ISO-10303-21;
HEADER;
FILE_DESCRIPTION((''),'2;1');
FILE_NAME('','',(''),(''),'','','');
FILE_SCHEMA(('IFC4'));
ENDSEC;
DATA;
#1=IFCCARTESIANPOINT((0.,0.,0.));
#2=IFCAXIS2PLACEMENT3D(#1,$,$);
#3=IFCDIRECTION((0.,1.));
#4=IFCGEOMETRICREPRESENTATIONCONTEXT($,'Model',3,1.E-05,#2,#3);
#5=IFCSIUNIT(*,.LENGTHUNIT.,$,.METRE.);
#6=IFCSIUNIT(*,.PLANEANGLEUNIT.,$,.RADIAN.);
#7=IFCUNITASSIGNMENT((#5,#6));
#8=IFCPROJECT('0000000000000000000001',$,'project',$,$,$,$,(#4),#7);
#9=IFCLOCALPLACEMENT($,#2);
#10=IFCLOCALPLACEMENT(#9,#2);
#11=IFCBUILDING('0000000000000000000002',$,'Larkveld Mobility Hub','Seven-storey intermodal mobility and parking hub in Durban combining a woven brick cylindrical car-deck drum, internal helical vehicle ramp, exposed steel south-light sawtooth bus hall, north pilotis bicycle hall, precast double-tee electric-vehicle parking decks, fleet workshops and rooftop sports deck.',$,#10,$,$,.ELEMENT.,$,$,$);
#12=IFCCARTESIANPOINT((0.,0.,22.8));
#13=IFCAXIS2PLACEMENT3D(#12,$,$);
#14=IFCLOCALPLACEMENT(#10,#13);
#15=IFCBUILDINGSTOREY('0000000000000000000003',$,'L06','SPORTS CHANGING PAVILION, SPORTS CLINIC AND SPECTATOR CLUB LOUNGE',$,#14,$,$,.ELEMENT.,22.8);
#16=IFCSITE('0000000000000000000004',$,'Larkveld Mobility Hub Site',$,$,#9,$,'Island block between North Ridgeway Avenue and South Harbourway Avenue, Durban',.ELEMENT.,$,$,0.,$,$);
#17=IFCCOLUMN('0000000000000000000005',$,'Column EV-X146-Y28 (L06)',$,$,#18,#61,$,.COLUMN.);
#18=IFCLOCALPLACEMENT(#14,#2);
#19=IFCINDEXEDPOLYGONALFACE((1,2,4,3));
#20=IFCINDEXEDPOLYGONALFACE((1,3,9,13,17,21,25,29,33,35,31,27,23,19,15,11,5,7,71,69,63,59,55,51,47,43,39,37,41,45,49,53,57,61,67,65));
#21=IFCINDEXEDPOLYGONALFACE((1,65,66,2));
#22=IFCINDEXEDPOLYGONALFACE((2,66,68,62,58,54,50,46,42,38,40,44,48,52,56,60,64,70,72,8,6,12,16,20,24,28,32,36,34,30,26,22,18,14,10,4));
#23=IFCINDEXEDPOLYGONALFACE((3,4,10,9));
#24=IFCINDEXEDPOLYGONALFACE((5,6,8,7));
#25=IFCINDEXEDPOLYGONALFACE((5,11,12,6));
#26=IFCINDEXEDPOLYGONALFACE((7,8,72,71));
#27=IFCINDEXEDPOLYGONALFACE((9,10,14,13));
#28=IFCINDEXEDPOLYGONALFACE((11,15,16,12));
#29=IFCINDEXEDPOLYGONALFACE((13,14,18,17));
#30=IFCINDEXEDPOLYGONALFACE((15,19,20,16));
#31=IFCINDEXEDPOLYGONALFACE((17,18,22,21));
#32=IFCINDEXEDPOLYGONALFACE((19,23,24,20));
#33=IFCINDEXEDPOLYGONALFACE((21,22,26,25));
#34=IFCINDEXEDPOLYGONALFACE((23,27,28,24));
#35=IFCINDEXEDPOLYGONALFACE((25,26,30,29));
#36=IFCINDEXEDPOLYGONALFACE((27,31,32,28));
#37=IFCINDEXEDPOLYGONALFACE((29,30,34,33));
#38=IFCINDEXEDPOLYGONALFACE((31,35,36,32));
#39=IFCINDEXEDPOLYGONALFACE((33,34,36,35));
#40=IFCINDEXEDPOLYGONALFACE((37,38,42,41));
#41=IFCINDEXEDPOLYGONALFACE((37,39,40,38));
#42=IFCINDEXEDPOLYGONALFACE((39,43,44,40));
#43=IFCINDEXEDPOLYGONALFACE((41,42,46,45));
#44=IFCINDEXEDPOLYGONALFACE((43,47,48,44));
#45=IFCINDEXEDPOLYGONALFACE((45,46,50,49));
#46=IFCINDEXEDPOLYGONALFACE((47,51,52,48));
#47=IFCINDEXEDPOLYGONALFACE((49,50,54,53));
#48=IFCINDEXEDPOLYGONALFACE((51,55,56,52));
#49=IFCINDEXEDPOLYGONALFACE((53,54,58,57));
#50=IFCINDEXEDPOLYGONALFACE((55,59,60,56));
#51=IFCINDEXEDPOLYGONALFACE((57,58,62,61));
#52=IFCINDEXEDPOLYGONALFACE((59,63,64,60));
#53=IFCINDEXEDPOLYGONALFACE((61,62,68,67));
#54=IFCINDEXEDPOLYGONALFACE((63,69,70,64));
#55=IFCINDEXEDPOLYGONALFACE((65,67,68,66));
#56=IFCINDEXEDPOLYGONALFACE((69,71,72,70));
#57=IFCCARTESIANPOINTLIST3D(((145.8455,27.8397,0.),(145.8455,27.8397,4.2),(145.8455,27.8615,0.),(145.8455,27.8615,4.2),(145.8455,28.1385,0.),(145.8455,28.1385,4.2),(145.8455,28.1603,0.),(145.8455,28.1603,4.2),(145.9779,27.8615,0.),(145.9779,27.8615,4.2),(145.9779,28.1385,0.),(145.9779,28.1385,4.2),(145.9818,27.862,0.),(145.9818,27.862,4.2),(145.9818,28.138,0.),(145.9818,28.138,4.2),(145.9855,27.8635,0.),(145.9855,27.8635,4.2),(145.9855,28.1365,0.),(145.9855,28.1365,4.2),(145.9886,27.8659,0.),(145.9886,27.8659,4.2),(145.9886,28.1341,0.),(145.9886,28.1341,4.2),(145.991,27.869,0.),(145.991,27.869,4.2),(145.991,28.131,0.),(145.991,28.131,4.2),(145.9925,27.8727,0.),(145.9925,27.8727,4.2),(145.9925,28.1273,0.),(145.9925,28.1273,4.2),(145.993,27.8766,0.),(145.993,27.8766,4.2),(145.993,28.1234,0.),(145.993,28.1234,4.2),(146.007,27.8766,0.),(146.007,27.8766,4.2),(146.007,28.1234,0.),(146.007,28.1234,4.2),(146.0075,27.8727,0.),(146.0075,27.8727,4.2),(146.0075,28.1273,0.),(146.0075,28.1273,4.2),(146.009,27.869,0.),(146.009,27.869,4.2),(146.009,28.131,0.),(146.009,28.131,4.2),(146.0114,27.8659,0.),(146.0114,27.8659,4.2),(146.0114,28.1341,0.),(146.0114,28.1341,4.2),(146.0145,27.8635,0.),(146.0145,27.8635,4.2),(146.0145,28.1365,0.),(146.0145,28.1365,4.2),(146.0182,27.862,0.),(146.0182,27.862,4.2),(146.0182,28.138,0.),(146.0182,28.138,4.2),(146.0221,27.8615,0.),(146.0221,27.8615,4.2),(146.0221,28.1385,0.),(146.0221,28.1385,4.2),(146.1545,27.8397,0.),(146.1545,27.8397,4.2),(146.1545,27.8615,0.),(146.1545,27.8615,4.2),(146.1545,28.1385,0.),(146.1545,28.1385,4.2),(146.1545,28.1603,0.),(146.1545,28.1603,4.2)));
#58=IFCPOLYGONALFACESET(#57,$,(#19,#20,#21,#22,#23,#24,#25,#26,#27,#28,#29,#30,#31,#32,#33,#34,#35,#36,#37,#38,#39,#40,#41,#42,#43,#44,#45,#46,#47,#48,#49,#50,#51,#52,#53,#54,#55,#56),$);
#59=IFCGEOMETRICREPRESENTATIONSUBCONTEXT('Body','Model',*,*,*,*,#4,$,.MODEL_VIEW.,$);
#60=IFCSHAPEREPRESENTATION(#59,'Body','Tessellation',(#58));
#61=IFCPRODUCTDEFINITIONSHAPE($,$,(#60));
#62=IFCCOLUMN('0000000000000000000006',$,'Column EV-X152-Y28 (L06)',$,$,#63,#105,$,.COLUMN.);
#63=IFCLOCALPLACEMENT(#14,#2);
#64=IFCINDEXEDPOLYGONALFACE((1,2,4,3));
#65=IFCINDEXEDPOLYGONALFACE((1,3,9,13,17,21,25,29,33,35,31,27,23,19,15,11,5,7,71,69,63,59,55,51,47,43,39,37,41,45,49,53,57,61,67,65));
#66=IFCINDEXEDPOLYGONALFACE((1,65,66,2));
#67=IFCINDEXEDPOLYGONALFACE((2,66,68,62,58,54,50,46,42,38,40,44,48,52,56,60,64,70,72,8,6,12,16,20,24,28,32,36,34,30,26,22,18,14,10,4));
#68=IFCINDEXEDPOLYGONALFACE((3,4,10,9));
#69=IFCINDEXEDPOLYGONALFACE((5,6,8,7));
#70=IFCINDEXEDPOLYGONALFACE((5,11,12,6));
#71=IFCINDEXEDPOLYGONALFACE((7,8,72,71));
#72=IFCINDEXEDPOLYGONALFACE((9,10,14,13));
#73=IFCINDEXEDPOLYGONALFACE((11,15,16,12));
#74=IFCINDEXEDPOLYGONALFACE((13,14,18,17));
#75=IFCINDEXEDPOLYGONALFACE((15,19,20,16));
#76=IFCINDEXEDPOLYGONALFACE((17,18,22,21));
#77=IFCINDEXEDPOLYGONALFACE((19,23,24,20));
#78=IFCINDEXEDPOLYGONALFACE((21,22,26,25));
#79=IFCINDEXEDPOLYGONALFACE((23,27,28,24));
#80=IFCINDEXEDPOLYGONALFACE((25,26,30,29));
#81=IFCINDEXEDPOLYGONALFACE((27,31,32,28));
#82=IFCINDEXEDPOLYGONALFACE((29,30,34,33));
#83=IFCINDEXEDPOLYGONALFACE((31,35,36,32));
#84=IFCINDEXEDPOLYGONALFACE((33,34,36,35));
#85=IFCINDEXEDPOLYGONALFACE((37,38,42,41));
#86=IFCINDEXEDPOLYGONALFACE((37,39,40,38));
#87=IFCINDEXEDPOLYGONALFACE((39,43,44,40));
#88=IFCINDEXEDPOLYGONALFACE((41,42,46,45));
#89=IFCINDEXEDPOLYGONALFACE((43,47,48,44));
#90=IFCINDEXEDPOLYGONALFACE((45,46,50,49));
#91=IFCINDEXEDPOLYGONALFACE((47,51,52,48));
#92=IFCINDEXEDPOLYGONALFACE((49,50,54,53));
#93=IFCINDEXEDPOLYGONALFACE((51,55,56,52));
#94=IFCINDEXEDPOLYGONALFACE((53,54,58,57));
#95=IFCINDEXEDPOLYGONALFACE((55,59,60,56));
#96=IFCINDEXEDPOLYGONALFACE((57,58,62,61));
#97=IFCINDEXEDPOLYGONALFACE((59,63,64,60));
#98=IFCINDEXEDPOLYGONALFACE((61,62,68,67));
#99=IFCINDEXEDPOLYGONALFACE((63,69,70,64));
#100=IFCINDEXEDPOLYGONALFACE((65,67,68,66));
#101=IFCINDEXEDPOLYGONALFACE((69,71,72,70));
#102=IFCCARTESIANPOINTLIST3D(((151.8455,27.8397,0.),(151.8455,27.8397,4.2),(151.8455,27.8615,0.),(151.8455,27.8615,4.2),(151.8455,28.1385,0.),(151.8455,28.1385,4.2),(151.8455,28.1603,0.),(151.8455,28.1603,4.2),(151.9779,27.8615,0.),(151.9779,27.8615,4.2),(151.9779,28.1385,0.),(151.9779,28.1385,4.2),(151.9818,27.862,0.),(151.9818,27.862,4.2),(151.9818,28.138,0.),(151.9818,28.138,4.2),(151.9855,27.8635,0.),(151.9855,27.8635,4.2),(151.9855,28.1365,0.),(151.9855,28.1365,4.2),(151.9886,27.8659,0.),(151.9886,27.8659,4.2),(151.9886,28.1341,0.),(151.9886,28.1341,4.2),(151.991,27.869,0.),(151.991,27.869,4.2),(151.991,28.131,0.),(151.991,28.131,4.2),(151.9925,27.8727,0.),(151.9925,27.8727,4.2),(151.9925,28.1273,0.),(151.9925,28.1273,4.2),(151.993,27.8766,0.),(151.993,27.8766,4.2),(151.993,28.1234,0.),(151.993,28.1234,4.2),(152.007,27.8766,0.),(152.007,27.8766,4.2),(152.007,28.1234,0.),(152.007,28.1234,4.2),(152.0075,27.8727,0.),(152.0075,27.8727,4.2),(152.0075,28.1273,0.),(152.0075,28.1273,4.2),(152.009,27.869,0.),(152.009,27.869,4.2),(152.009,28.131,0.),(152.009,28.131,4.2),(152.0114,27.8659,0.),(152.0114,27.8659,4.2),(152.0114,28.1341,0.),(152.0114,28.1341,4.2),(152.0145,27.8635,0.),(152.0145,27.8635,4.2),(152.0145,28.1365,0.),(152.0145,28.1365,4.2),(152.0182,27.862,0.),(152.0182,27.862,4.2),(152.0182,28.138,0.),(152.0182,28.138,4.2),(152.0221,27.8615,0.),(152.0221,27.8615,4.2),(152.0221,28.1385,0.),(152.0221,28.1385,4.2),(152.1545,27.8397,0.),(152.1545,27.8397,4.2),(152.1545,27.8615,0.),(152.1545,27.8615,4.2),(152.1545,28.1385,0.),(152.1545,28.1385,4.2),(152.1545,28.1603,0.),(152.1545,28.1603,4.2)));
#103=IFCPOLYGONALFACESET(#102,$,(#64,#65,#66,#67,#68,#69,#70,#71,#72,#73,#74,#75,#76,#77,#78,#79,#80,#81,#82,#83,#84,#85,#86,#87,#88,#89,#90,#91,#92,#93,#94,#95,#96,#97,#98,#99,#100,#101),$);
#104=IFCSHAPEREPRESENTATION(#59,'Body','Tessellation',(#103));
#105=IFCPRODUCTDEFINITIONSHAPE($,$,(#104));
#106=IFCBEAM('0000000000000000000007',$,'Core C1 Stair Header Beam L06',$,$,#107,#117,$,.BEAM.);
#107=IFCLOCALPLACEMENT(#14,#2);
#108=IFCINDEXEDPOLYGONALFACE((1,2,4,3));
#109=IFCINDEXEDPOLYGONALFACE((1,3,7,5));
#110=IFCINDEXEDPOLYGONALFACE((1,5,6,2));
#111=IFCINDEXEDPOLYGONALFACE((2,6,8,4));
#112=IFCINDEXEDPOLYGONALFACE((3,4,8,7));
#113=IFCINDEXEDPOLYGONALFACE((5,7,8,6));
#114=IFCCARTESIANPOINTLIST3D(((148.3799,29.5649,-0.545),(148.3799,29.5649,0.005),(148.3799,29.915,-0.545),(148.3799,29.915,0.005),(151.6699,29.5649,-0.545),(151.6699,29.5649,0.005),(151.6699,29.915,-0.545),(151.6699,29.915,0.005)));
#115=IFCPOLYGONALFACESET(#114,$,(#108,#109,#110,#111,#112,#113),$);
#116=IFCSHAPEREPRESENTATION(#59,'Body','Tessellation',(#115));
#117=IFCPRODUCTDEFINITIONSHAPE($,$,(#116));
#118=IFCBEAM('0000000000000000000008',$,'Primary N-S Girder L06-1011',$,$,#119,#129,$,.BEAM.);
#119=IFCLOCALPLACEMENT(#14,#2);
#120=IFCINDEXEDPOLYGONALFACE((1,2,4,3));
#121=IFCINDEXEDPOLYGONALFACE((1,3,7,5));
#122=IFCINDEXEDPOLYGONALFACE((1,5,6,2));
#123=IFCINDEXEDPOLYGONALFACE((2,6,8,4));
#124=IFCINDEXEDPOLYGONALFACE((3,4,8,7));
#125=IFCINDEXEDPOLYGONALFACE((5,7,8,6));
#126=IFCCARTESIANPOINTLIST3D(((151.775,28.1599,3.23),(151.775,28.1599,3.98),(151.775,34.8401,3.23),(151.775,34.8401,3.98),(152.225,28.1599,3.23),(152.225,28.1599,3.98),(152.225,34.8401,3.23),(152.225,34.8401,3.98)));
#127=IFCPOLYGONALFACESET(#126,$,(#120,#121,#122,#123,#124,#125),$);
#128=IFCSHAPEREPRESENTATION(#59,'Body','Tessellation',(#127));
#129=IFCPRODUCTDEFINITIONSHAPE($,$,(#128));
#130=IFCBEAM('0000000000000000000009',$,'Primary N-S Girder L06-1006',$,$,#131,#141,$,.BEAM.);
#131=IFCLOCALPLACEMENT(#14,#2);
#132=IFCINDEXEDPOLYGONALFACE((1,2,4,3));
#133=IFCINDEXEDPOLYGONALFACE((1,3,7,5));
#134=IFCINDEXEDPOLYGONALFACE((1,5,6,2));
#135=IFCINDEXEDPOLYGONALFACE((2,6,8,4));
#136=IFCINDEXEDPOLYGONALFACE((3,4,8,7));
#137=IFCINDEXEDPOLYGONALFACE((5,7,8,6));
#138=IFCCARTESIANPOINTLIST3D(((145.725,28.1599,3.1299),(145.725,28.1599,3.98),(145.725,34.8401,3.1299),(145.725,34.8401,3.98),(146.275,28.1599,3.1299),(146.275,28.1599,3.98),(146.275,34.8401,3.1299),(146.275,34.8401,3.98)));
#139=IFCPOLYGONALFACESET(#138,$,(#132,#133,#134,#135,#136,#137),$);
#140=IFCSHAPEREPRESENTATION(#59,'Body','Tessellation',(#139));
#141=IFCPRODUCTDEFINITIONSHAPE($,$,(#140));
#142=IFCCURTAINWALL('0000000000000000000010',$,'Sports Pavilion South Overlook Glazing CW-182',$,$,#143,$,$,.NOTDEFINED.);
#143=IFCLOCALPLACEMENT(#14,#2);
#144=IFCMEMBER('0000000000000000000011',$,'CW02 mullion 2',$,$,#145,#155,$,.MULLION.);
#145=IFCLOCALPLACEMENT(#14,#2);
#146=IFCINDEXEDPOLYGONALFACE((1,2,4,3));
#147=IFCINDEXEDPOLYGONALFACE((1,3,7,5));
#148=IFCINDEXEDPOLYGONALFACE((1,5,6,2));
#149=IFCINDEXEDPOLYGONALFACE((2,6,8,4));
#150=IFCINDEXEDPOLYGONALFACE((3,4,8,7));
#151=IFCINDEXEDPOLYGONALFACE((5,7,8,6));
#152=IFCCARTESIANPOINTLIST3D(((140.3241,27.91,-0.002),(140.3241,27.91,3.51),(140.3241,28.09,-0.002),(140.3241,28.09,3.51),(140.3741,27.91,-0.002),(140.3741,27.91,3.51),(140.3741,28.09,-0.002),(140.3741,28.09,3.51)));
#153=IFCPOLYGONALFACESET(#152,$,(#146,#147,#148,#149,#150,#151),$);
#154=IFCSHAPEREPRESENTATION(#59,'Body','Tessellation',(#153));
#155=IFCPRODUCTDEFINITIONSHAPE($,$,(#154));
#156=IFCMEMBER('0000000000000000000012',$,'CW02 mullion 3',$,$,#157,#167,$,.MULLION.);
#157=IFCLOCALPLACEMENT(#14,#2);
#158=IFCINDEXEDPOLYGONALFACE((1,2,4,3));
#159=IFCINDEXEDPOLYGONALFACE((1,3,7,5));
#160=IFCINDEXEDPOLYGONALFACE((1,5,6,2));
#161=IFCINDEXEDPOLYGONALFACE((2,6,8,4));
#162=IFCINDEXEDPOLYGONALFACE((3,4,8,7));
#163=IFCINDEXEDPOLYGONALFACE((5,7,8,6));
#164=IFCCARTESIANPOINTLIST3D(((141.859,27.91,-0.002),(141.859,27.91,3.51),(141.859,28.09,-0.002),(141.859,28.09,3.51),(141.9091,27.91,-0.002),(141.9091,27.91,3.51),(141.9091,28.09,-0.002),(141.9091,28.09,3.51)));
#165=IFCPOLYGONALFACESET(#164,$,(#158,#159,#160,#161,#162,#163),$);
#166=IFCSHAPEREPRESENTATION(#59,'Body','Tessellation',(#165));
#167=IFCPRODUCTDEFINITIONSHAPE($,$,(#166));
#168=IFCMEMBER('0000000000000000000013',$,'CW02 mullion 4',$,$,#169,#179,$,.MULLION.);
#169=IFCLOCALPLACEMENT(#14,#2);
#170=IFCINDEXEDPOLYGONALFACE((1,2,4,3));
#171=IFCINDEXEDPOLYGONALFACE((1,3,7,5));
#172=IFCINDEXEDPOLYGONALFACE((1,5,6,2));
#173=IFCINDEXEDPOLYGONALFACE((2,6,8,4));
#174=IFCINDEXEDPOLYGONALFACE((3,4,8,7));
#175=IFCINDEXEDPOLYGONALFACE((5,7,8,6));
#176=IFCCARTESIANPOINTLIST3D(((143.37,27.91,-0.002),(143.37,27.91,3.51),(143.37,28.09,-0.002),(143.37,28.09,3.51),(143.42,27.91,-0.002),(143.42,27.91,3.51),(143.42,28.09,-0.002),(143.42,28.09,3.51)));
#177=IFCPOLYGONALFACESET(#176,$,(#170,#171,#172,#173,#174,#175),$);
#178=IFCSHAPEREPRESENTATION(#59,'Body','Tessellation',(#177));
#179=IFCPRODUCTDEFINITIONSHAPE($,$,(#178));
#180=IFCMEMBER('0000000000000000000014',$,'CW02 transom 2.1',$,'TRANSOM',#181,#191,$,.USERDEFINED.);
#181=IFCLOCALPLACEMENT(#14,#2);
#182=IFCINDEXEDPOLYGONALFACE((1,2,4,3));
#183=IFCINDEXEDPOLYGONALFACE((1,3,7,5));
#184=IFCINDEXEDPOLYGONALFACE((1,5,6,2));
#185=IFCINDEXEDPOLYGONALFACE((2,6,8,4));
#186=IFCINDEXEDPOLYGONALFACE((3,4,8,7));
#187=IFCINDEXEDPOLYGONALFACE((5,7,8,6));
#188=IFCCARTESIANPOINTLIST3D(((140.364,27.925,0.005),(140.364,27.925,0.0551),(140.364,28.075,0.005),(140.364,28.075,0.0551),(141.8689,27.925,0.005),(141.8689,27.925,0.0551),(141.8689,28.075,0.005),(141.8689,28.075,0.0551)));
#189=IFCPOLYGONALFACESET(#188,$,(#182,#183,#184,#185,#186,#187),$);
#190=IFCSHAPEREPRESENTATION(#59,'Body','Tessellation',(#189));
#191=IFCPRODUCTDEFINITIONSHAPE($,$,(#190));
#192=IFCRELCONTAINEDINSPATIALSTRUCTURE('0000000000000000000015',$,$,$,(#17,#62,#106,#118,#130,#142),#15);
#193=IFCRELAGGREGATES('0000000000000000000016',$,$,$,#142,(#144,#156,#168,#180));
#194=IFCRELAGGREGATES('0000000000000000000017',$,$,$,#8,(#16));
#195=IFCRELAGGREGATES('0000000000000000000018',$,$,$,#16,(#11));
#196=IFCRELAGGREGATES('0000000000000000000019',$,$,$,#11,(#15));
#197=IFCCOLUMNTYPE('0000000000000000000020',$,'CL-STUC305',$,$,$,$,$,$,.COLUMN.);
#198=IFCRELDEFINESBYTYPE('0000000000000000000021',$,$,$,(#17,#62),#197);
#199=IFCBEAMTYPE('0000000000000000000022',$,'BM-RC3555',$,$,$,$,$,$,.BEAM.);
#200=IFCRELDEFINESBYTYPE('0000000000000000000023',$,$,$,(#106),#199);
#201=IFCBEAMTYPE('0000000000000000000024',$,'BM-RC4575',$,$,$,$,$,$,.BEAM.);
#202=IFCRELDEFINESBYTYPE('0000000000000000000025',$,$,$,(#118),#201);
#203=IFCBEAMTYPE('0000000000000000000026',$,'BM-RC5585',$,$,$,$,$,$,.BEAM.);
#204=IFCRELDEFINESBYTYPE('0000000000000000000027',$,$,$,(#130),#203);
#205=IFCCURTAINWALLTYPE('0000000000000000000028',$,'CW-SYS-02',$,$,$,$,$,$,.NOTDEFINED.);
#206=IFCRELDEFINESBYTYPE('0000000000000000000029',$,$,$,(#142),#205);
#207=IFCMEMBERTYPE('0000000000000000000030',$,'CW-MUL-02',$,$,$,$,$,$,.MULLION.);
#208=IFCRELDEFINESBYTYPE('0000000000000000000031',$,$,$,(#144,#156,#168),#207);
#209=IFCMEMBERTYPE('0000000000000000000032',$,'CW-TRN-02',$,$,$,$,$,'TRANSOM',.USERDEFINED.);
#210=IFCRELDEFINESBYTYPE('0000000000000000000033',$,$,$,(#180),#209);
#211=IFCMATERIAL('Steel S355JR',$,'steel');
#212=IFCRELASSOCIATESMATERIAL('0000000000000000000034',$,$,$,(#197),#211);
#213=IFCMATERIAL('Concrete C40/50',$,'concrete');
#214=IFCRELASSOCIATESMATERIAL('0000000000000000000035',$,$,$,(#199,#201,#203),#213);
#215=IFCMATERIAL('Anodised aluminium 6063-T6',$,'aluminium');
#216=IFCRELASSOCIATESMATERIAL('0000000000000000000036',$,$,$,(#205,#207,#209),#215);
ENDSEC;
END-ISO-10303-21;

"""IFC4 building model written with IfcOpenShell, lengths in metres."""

from ifc_helpers import new_model, si_unit, direction, frame, origin, origin_2d, place, context, subcontext, project, spatial, rectangle, i_section, extrude, material, material_profile, profile_set, type_object, element, aggregate, save


model = new_model("IFC4")

# Units and contexts
model_context = context("Model", 3, precision=1e-05, world=origin(), true_north=direction((0.0, 1.0)))
body_context = subcontext(model_context, "Body", "Model", "MODEL_VIEW")
ifc_project = project(units=[si_unit("LENGTHUNIT", "METRE"), si_unit("PLANEANGLEUNIT", "RADIAN")], contexts=[model_context])

# Site, building, storey
site_placement = place(None, origin())
site = spatial("IfcSite", under=ifc_project, at=site_placement, Name="Larkveld Mobility Hub Site", LongName="Island block between North Ridgeway Avenue and South Harbourway Avenue, Durban", CompositionType="ELEMENT", RefElevation=0.0)
building_placement = place(site_placement, origin())
building = spatial("IfcBuilding", under=site, at=building_placement, Name="Larkveld Mobility Hub", Description="Seven-storey intermodal mobility and parking hub in Durban combining a woven brick cylindrical car-deck drum, internal helical vehicle ramp, exposed steel south-light sawtooth bus hall, north pilotis bicycle hall, precast double-tee electric-vehicle parking decks, fleet workshops and rooftop sports deck.", CompositionType="ELEMENT")
storey_placement = place(building_placement, frame((0.0, 0.0, 22.8)))
storey = spatial("IfcBuildingStorey", under=building, at=storey_placement, Name="L06", Description="SPORTS CHANGING PAVILION, SPORTS CLINIC AND SPECTATOR CLUB LOUNGE", CompositionType="ELEMENT", Elevation=22.8)

# Columns
ifc_material_1 = material(Name="Steel S355JR", Category="steel")
ifc_material_profile_1 = material_profile(ifc_material_1, i_section(OverallWidth=0.3091, OverallDepth=0.3206, WebThickness=0.0139, FlangeThickness=0.0217, FilletRadius=0.0151, at=origin_2d()), Name="UC 305x305x137")
ifc_profile_set_1 = profile_set([ifc_material_profile_1], Name="Steel S355JR")
column_type = type_object("IfcColumnType", Name="CL-STUC305", PredefinedType="COLUMN", material=ifc_profile_set_1)
for number, where, z_axis, x_axis, name in (
    (1, (146.0, 28.0, 0.0), (0.0, 0.0, 1.0), (1.0, 0.0, 0.0), "Column EV-X146-Y28 (L06)"),
    (2, (152.0, 28.0, 0.0), (0.0, 0.0, 1.0), (1.0, 0.0, 0.0), "Column EV-X152-Y28 (L06)"),
):
    element("IfcColumn", number, at=place(storey_placement, frame(where, z_axis=z_axis, x_axis=x_axis)), inside=storey, type_object=column_type, Name=name, PredefinedType="COLUMN", context=body_context, shape_type="SweptSolid", body=[
        extrude(i_section(OverallWidth=0.3091, OverallDepth=0.3206, WebThickness=0.0139, FlangeThickness=0.0217, FilletRadius=0.0151, at=origin_2d()), origin(), (0.0, 0.0, 1.0), 4.2),
    ])

# Beams
ifc_material_2 = material(Name="Concrete C40/50", Category="concrete")
ifc_material_profile_2 = material_profile(ifc_material_2, rectangle(XDim=0.3501, YDim=0.55, at=origin_2d()), Name="RC BM 350x550")
ifc_profile_set_2 = profile_set([ifc_material_profile_2], Name="Concrete C40/50")
beam_type_1 = type_object("IfcBeamType", Name="BM-RC3555", PredefinedType="BEAM", material=ifc_profile_set_2)
beam_1_placement = place(storey_placement, frame((148.3799, 29.74, -0.27), z_axis=(1.0, 0.0, 0.0), x_axis=(0.0, 1.0, 0.0)))
element("IfcBeam", 3, at=beam_1_placement, inside=storey, type_object=beam_type_1, Name="Core C1 Stair Header Beam L06", PredefinedType="BEAM", context=body_context, shape_type="SweptSolid", body=[
    extrude(rectangle(XDim=0.3501, YDim=0.55, at=origin_2d()), origin(), (0.0, 0.0, 1.0), 3.29),
])
ifc_material_profile_3 = material_profile(ifc_material_2, rectangle(XDim=0.45, YDim=0.75, at=origin_2d()), Name="RC BM 450x750")
ifc_profile_set_3 = profile_set([ifc_material_profile_3], Name="Concrete C40/50")
beam_type_2 = type_object("IfcBeamType", Name="BM-RC4575", PredefinedType="BEAM", material=ifc_profile_set_3)
beam_2_placement = place(storey_placement, frame((152.0, 28.1599, 3.605), z_axis=(0.0, 1.0, 0.0), x_axis=(-1.0, 0.0, 0.0)))
element("IfcBeam", 4, at=beam_2_placement, inside=storey, type_object=beam_type_2, Name="Primary N-S Girder L06-1011", PredefinedType="BEAM", context=body_context, shape_type="SweptSolid", body=[
    extrude(rectangle(XDim=0.45, YDim=0.75, at=origin_2d()), origin(), (0.0, 0.0, 1.0), 6.6802),
])
ifc_material_profile_4 = material_profile(ifc_material_2, rectangle(XDim=0.55, YDim=0.8501, at=origin_2d()), Name="RC BM 550x850")
ifc_profile_set_4 = profile_set([ifc_material_profile_4], Name="Concrete C40/50")
beam_type_3 = type_object("IfcBeamType", Name="BM-RC5585", PredefinedType="BEAM", material=ifc_profile_set_4)
beam_3_placement = place(storey_placement, frame((146.0, 28.1599, 3.5549), z_axis=(0.0, 1.0, 0.0), x_axis=(-1.0, 0.0, 0.0)))
element("IfcBeam", 5, at=beam_3_placement, inside=storey, type_object=beam_type_3, Name="Primary N-S Girder L06-1006", PredefinedType="BEAM", context=body_context, shape_type="SweptSolid", body=[
    extrude(rectangle(XDim=0.55, YDim=0.8501, at=origin_2d()), origin(), (0.0, 0.0, 1.0), 6.6802),
])

# Curtain wall, members
ifc_material_3 = material(Name="Anodised aluminium 6063-T6", Category="aluminium")
curtain_wall_type = type_object("IfcCurtainWallType", Name="CW-SYS-02", PredefinedType="NOTDEFINED", material=ifc_material_3)
curtain_wall_placement = place(storey_placement, origin())
curtain_wall = element("IfcCurtainWall", 6, at=curtain_wall_placement, inside=storey, type_object=curtain_wall_type, Name="Sports Pavilion South Overlook Glazing CW-182", PredefinedType="NOTDEFINED")
ifc_material_profile_5 = material_profile(ifc_material_3, rectangle(XDim=0.05, YDim=0.1799, at=origin_2d()), Name="ALU MULL 50x180")
ifc_profile_set_5 = profile_set([ifc_material_profile_5], Name="Anodised aluminium 6063-T6")
member_type_1 = type_object("IfcMemberType", Name="CW-MUL-02", PredefinedType="MULLION", material=ifc_profile_set_5)
member_1_placement = place(storey_placement, frame((140.3491, 28.0, -0.002), z_axis=(0.0, 0.0, 1.0), x_axis=(1.0, 0.0, 0.0)))
member_1 = element("IfcMember", 7, at=member_1_placement, type_object=member_type_1, Name="CW02 mullion 2", PredefinedType="MULLION", context=body_context, shape_type="SweptSolid", body=[
    extrude(rectangle(XDim=0.05, YDim=0.1799, at=origin_2d()), origin(), (0.0, 0.0, 1.0), 3.512),
])
member_2_placement = place(storey_placement, frame((141.884, 28.0, -0.002), z_axis=(0.0, 0.0, 1.0), x_axis=(1.0, 0.0, 0.0)))
member_2 = element("IfcMember", 8, at=member_2_placement, type_object=member_type_1, Name="CW02 mullion 3", PredefinedType="MULLION", context=body_context, shape_type="SweptSolid", body=[
    extrude(rectangle(XDim=0.05, YDim=0.1799, at=origin_2d()), origin(), (0.0, 0.0, 1.0), 3.512),
])
member_3_placement = place(storey_placement, frame((143.395, 28.0, -0.002), z_axis=(0.0, 0.0, 1.0), x_axis=(1.0, 0.0, 0.0)))
member_3 = element("IfcMember", 9, at=member_3_placement, type_object=member_type_1, Name="CW02 mullion 4", PredefinedType="MULLION", context=body_context, shape_type="SweptSolid", body=[
    extrude(rectangle(XDim=0.05, YDim=0.1799, at=origin_2d()), origin(), (0.0, 0.0, 1.0), 3.512),
])
ifc_material_profile_6 = material_profile(ifc_material_3, rectangle(XDim=0.1499, YDim=0.05, at=origin_2d()), Name="ALU TRAN 50x150")
ifc_profile_set_6 = profile_set([ifc_material_profile_6], Name="Anodised aluminium 6063-T6")
member_type_2 = type_object("IfcMemberType", Name="CW-TRN-02", ElementType="TRANSOM", PredefinedType="USERDEFINED", material=ifc_profile_set_6)
member_4_placement = place(storey_placement, frame((140.364, 28.0, 0.03), z_axis=(1.0, 0.0, 0.0), x_axis=(0.0, 1.0, 0.0)))
member_4 = element("IfcMember", 10, at=member_4_placement, type_object=member_type_2, Name="CW02 transom 2.1", ObjectType="TRANSOM", PredefinedType="USERDEFINED", context=body_context, shape_type="SweptSolid", body=[
    extrude(rectangle(XDim=0.1499, YDim=0.05, at=origin_2d()), origin(), (0.0, 0.0, 1.0), 1.5049),
])
aggregate(curtain_wall, [member_1, member_2, member_3, member_4])

save(model, "model.ifc")
